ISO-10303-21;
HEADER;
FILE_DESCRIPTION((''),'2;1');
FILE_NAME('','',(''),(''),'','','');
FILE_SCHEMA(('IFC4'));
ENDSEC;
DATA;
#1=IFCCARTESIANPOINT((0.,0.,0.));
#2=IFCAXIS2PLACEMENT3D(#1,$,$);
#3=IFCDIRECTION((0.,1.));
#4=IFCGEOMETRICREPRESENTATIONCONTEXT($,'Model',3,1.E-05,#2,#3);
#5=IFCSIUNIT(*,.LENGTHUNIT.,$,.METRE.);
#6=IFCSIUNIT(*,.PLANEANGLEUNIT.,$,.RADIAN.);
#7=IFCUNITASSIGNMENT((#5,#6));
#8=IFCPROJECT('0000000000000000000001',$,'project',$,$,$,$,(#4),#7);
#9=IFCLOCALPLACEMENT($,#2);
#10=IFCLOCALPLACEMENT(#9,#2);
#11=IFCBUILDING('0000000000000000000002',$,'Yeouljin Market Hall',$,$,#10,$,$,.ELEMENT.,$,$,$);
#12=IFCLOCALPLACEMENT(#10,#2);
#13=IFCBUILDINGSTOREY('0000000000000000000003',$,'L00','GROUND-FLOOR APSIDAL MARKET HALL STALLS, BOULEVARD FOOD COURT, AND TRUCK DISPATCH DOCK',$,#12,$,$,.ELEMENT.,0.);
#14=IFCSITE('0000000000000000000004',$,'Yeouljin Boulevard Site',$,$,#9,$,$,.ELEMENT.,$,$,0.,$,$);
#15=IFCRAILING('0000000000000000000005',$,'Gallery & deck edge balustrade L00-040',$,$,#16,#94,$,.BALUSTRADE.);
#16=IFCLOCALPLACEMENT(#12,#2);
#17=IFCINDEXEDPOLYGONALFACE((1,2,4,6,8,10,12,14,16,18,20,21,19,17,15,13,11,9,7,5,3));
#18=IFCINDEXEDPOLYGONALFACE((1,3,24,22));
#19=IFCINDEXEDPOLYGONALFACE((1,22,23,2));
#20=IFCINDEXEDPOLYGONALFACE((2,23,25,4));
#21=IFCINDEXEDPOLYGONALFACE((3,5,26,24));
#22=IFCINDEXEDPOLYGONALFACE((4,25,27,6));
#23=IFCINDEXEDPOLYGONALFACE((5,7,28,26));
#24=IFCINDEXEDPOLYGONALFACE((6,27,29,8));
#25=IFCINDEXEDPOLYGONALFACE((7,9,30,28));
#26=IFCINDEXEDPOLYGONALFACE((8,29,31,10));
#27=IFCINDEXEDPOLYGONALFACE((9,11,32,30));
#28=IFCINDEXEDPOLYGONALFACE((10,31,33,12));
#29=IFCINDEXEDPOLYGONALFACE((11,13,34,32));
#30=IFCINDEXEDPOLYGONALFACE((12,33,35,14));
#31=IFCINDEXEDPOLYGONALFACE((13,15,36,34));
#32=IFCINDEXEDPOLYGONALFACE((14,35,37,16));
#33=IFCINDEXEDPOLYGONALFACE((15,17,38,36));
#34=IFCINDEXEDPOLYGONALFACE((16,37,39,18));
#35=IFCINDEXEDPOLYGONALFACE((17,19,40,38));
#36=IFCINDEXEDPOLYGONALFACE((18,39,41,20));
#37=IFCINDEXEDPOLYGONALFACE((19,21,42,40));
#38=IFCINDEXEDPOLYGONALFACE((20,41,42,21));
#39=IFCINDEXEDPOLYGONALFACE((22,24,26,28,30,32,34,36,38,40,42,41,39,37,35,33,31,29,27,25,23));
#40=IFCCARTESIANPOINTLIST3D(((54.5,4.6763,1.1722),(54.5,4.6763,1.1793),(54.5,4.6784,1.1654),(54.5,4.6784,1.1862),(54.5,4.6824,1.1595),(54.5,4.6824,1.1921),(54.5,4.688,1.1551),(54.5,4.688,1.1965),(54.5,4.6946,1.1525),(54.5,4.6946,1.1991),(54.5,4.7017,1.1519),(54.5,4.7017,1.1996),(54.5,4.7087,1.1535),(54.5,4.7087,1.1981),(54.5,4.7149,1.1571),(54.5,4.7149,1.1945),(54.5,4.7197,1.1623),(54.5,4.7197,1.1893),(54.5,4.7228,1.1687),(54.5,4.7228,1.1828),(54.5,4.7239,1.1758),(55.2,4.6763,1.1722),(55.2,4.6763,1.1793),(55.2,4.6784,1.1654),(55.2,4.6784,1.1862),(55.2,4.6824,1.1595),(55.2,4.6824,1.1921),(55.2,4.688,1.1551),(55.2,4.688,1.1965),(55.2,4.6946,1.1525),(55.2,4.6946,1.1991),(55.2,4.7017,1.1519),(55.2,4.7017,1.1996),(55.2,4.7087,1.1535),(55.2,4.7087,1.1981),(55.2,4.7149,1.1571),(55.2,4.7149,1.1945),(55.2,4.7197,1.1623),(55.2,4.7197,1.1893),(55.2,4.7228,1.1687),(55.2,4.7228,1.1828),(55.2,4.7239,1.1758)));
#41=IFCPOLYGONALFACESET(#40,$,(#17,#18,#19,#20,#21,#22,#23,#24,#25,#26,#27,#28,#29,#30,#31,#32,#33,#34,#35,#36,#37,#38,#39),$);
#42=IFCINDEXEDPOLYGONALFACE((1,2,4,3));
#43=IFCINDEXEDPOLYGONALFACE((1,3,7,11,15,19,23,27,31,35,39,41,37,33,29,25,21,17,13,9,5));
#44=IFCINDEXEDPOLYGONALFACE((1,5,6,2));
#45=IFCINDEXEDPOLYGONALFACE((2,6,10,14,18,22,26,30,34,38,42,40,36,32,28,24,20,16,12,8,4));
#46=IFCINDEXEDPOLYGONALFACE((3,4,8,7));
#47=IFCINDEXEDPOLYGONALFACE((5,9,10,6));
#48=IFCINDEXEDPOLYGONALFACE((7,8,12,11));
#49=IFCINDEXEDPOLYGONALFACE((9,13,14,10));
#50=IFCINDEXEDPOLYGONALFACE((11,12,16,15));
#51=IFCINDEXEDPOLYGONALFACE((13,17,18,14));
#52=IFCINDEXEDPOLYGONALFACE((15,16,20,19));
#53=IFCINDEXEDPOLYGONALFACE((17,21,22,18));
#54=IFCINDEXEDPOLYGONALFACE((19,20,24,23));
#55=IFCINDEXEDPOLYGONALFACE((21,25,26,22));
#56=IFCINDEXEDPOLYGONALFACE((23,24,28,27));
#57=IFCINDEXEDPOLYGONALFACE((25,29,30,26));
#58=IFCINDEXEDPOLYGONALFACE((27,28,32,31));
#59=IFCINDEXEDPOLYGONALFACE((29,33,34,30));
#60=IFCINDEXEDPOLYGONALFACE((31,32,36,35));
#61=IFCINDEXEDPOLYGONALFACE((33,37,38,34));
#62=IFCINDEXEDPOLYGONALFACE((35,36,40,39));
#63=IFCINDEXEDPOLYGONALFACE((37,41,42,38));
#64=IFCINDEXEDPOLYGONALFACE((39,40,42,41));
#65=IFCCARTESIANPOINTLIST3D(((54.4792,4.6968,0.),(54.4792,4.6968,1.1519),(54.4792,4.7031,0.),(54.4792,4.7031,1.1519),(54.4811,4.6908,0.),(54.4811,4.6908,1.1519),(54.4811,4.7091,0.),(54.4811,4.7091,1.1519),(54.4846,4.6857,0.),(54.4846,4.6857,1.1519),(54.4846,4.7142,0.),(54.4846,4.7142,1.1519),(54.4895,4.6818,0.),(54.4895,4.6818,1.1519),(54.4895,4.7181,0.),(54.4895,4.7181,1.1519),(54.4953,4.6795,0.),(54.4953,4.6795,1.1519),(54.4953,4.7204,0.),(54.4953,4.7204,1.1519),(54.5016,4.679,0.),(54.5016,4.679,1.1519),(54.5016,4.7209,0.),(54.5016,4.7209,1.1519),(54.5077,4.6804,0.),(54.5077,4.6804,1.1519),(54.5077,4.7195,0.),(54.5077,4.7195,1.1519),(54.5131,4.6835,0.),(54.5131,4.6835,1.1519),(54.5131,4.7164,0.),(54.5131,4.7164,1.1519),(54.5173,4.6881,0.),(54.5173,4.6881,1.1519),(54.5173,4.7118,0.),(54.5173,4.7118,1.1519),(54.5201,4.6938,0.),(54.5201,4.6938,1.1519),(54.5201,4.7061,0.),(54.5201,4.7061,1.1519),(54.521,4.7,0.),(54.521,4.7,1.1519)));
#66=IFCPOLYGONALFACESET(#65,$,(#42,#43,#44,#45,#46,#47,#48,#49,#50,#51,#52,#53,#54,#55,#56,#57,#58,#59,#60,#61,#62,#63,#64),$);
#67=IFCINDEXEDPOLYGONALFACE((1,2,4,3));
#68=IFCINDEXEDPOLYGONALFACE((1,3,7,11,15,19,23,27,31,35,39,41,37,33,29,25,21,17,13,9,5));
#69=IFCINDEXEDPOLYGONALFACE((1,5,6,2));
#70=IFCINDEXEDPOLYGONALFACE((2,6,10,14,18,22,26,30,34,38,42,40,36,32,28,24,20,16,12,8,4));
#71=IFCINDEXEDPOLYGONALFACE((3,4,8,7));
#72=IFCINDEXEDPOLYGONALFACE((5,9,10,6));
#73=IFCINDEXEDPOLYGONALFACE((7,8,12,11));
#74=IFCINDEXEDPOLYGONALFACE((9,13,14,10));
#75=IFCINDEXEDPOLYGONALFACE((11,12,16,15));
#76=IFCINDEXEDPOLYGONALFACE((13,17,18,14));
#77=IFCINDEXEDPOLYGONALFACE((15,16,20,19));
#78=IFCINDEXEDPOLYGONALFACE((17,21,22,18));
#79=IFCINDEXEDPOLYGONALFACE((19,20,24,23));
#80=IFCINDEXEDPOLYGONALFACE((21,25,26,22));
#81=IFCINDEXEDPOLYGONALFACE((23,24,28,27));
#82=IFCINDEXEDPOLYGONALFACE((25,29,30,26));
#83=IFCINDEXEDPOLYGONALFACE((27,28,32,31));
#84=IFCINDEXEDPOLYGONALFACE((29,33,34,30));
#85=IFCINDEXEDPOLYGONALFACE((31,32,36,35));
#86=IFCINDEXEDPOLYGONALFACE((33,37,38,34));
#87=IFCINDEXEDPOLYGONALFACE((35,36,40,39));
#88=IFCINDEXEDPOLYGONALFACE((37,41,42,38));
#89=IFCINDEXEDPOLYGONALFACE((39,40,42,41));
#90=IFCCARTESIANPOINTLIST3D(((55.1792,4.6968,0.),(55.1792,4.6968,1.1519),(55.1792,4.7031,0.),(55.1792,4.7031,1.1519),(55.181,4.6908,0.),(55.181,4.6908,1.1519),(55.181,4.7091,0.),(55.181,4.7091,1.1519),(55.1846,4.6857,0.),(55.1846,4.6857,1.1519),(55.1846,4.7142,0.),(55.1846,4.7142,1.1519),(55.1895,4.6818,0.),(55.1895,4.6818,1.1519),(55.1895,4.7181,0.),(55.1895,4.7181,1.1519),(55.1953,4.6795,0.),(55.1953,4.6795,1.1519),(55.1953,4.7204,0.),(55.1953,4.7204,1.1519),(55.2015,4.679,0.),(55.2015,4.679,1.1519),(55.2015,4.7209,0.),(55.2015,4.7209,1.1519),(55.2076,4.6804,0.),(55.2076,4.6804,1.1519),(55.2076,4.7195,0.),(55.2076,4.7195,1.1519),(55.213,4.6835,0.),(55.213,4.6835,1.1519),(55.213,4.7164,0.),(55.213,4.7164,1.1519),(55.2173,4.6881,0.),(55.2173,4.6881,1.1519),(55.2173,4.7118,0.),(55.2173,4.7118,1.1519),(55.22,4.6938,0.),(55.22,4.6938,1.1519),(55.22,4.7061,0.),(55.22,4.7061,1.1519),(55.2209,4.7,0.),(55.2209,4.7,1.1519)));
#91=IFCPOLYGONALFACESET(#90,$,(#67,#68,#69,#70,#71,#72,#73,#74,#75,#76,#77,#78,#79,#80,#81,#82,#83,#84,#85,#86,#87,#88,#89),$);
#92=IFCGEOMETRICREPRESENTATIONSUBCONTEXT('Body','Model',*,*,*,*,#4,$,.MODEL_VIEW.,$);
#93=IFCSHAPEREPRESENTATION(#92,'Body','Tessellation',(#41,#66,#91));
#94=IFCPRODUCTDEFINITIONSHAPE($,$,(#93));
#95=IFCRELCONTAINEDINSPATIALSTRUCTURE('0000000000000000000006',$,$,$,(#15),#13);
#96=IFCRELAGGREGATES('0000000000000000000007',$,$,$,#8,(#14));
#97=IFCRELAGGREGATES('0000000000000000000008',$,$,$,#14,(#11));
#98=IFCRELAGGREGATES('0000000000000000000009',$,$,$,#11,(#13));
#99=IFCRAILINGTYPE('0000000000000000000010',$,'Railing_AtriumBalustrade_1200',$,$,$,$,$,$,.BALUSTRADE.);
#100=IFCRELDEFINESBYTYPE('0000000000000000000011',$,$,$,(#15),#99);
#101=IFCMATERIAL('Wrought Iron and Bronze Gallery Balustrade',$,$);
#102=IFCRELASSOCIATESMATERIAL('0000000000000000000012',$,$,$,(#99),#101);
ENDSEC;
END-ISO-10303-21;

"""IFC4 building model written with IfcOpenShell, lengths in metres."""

from ifc_helpers import new_model, si_unit, direction, frame, origin, origin_2d, place, context, subcontext, project, spatial, circle, extrude, material, type_object, element, save


model = new_model("IFC4")

# Units and contexts
model_context = context("Model", 3, precision=1e-05, world=origin(), true_north=direction((0.0, 1.0)))
body_context = subcontext(model_context, "Body", "Model", "MODEL_VIEW")
ifc_project = project(units=[si_unit("LENGTHUNIT", "METRE"), si_unit("PLANEANGLEUNIT", "RADIAN")], contexts=[model_context])

# Site, building, storey
site_placement = place(None, origin())
site = spatial("IfcSite", under=ifc_project, at=site_placement, Name="Yeouljin Boulevard Site", CompositionType="ELEMENT", RefElevation=0.0)
building_placement = place(site_placement, origin())
building = spatial("IfcBuilding", under=site, at=building_placement, Name="Yeouljin Market Hall", CompositionType="ELEMENT")
storey_placement = place(building_placement, origin())
storey = spatial("IfcBuildingStorey", under=building, at=storey_placement, Name="L00", Description="GROUND-FLOOR APSIDAL MARKET HALL STALLS, BOULEVARD FOOD COURT, AND TRUCK DISPATCH DOCK", CompositionType="ELEMENT", Elevation=0.0)

# Railing
ifc_material_1 = material(Name="Wrought Iron and Bronze Gallery Balustrade")
railing_type = type_object("IfcRailingType", Name="Railing_AtriumBalustrade_1200", PredefinedType="BALUSTRADE", material=ifc_material_1)
railing_1_placement = place(storey_placement, frame((54.5, 4.7, 0.0)))
element("IfcRailing", 1, at=railing_1_placement, inside=storey, type_object=railing_type, Name="Gallery & deck edge balustrade L00-040", PredefinedType="BALUSTRADE", context=body_context, shape_type="SweptSolid", body=[
    extrude(circle(Radius=0.0239, at=origin_2d()), frame((0.0, 0.0, 1.1758), z_axis=(1.0, 0.0, 0.0), x_axis=(0.0, 1.0, 0.0)), (0.0, 0.0, 1.0), 0.7),
    extrude(circle(Radius=0.021, at=origin_2d()), origin(), (0.0, 0.0, 1.0), 1.1519),
    extrude(circle(Radius=0.021, at=origin_2d()), frame((0.7, 0.0, 0.0)), (0.0, 0.0, 1.0), 1.1519),
])

save(model, "model.ifc")
